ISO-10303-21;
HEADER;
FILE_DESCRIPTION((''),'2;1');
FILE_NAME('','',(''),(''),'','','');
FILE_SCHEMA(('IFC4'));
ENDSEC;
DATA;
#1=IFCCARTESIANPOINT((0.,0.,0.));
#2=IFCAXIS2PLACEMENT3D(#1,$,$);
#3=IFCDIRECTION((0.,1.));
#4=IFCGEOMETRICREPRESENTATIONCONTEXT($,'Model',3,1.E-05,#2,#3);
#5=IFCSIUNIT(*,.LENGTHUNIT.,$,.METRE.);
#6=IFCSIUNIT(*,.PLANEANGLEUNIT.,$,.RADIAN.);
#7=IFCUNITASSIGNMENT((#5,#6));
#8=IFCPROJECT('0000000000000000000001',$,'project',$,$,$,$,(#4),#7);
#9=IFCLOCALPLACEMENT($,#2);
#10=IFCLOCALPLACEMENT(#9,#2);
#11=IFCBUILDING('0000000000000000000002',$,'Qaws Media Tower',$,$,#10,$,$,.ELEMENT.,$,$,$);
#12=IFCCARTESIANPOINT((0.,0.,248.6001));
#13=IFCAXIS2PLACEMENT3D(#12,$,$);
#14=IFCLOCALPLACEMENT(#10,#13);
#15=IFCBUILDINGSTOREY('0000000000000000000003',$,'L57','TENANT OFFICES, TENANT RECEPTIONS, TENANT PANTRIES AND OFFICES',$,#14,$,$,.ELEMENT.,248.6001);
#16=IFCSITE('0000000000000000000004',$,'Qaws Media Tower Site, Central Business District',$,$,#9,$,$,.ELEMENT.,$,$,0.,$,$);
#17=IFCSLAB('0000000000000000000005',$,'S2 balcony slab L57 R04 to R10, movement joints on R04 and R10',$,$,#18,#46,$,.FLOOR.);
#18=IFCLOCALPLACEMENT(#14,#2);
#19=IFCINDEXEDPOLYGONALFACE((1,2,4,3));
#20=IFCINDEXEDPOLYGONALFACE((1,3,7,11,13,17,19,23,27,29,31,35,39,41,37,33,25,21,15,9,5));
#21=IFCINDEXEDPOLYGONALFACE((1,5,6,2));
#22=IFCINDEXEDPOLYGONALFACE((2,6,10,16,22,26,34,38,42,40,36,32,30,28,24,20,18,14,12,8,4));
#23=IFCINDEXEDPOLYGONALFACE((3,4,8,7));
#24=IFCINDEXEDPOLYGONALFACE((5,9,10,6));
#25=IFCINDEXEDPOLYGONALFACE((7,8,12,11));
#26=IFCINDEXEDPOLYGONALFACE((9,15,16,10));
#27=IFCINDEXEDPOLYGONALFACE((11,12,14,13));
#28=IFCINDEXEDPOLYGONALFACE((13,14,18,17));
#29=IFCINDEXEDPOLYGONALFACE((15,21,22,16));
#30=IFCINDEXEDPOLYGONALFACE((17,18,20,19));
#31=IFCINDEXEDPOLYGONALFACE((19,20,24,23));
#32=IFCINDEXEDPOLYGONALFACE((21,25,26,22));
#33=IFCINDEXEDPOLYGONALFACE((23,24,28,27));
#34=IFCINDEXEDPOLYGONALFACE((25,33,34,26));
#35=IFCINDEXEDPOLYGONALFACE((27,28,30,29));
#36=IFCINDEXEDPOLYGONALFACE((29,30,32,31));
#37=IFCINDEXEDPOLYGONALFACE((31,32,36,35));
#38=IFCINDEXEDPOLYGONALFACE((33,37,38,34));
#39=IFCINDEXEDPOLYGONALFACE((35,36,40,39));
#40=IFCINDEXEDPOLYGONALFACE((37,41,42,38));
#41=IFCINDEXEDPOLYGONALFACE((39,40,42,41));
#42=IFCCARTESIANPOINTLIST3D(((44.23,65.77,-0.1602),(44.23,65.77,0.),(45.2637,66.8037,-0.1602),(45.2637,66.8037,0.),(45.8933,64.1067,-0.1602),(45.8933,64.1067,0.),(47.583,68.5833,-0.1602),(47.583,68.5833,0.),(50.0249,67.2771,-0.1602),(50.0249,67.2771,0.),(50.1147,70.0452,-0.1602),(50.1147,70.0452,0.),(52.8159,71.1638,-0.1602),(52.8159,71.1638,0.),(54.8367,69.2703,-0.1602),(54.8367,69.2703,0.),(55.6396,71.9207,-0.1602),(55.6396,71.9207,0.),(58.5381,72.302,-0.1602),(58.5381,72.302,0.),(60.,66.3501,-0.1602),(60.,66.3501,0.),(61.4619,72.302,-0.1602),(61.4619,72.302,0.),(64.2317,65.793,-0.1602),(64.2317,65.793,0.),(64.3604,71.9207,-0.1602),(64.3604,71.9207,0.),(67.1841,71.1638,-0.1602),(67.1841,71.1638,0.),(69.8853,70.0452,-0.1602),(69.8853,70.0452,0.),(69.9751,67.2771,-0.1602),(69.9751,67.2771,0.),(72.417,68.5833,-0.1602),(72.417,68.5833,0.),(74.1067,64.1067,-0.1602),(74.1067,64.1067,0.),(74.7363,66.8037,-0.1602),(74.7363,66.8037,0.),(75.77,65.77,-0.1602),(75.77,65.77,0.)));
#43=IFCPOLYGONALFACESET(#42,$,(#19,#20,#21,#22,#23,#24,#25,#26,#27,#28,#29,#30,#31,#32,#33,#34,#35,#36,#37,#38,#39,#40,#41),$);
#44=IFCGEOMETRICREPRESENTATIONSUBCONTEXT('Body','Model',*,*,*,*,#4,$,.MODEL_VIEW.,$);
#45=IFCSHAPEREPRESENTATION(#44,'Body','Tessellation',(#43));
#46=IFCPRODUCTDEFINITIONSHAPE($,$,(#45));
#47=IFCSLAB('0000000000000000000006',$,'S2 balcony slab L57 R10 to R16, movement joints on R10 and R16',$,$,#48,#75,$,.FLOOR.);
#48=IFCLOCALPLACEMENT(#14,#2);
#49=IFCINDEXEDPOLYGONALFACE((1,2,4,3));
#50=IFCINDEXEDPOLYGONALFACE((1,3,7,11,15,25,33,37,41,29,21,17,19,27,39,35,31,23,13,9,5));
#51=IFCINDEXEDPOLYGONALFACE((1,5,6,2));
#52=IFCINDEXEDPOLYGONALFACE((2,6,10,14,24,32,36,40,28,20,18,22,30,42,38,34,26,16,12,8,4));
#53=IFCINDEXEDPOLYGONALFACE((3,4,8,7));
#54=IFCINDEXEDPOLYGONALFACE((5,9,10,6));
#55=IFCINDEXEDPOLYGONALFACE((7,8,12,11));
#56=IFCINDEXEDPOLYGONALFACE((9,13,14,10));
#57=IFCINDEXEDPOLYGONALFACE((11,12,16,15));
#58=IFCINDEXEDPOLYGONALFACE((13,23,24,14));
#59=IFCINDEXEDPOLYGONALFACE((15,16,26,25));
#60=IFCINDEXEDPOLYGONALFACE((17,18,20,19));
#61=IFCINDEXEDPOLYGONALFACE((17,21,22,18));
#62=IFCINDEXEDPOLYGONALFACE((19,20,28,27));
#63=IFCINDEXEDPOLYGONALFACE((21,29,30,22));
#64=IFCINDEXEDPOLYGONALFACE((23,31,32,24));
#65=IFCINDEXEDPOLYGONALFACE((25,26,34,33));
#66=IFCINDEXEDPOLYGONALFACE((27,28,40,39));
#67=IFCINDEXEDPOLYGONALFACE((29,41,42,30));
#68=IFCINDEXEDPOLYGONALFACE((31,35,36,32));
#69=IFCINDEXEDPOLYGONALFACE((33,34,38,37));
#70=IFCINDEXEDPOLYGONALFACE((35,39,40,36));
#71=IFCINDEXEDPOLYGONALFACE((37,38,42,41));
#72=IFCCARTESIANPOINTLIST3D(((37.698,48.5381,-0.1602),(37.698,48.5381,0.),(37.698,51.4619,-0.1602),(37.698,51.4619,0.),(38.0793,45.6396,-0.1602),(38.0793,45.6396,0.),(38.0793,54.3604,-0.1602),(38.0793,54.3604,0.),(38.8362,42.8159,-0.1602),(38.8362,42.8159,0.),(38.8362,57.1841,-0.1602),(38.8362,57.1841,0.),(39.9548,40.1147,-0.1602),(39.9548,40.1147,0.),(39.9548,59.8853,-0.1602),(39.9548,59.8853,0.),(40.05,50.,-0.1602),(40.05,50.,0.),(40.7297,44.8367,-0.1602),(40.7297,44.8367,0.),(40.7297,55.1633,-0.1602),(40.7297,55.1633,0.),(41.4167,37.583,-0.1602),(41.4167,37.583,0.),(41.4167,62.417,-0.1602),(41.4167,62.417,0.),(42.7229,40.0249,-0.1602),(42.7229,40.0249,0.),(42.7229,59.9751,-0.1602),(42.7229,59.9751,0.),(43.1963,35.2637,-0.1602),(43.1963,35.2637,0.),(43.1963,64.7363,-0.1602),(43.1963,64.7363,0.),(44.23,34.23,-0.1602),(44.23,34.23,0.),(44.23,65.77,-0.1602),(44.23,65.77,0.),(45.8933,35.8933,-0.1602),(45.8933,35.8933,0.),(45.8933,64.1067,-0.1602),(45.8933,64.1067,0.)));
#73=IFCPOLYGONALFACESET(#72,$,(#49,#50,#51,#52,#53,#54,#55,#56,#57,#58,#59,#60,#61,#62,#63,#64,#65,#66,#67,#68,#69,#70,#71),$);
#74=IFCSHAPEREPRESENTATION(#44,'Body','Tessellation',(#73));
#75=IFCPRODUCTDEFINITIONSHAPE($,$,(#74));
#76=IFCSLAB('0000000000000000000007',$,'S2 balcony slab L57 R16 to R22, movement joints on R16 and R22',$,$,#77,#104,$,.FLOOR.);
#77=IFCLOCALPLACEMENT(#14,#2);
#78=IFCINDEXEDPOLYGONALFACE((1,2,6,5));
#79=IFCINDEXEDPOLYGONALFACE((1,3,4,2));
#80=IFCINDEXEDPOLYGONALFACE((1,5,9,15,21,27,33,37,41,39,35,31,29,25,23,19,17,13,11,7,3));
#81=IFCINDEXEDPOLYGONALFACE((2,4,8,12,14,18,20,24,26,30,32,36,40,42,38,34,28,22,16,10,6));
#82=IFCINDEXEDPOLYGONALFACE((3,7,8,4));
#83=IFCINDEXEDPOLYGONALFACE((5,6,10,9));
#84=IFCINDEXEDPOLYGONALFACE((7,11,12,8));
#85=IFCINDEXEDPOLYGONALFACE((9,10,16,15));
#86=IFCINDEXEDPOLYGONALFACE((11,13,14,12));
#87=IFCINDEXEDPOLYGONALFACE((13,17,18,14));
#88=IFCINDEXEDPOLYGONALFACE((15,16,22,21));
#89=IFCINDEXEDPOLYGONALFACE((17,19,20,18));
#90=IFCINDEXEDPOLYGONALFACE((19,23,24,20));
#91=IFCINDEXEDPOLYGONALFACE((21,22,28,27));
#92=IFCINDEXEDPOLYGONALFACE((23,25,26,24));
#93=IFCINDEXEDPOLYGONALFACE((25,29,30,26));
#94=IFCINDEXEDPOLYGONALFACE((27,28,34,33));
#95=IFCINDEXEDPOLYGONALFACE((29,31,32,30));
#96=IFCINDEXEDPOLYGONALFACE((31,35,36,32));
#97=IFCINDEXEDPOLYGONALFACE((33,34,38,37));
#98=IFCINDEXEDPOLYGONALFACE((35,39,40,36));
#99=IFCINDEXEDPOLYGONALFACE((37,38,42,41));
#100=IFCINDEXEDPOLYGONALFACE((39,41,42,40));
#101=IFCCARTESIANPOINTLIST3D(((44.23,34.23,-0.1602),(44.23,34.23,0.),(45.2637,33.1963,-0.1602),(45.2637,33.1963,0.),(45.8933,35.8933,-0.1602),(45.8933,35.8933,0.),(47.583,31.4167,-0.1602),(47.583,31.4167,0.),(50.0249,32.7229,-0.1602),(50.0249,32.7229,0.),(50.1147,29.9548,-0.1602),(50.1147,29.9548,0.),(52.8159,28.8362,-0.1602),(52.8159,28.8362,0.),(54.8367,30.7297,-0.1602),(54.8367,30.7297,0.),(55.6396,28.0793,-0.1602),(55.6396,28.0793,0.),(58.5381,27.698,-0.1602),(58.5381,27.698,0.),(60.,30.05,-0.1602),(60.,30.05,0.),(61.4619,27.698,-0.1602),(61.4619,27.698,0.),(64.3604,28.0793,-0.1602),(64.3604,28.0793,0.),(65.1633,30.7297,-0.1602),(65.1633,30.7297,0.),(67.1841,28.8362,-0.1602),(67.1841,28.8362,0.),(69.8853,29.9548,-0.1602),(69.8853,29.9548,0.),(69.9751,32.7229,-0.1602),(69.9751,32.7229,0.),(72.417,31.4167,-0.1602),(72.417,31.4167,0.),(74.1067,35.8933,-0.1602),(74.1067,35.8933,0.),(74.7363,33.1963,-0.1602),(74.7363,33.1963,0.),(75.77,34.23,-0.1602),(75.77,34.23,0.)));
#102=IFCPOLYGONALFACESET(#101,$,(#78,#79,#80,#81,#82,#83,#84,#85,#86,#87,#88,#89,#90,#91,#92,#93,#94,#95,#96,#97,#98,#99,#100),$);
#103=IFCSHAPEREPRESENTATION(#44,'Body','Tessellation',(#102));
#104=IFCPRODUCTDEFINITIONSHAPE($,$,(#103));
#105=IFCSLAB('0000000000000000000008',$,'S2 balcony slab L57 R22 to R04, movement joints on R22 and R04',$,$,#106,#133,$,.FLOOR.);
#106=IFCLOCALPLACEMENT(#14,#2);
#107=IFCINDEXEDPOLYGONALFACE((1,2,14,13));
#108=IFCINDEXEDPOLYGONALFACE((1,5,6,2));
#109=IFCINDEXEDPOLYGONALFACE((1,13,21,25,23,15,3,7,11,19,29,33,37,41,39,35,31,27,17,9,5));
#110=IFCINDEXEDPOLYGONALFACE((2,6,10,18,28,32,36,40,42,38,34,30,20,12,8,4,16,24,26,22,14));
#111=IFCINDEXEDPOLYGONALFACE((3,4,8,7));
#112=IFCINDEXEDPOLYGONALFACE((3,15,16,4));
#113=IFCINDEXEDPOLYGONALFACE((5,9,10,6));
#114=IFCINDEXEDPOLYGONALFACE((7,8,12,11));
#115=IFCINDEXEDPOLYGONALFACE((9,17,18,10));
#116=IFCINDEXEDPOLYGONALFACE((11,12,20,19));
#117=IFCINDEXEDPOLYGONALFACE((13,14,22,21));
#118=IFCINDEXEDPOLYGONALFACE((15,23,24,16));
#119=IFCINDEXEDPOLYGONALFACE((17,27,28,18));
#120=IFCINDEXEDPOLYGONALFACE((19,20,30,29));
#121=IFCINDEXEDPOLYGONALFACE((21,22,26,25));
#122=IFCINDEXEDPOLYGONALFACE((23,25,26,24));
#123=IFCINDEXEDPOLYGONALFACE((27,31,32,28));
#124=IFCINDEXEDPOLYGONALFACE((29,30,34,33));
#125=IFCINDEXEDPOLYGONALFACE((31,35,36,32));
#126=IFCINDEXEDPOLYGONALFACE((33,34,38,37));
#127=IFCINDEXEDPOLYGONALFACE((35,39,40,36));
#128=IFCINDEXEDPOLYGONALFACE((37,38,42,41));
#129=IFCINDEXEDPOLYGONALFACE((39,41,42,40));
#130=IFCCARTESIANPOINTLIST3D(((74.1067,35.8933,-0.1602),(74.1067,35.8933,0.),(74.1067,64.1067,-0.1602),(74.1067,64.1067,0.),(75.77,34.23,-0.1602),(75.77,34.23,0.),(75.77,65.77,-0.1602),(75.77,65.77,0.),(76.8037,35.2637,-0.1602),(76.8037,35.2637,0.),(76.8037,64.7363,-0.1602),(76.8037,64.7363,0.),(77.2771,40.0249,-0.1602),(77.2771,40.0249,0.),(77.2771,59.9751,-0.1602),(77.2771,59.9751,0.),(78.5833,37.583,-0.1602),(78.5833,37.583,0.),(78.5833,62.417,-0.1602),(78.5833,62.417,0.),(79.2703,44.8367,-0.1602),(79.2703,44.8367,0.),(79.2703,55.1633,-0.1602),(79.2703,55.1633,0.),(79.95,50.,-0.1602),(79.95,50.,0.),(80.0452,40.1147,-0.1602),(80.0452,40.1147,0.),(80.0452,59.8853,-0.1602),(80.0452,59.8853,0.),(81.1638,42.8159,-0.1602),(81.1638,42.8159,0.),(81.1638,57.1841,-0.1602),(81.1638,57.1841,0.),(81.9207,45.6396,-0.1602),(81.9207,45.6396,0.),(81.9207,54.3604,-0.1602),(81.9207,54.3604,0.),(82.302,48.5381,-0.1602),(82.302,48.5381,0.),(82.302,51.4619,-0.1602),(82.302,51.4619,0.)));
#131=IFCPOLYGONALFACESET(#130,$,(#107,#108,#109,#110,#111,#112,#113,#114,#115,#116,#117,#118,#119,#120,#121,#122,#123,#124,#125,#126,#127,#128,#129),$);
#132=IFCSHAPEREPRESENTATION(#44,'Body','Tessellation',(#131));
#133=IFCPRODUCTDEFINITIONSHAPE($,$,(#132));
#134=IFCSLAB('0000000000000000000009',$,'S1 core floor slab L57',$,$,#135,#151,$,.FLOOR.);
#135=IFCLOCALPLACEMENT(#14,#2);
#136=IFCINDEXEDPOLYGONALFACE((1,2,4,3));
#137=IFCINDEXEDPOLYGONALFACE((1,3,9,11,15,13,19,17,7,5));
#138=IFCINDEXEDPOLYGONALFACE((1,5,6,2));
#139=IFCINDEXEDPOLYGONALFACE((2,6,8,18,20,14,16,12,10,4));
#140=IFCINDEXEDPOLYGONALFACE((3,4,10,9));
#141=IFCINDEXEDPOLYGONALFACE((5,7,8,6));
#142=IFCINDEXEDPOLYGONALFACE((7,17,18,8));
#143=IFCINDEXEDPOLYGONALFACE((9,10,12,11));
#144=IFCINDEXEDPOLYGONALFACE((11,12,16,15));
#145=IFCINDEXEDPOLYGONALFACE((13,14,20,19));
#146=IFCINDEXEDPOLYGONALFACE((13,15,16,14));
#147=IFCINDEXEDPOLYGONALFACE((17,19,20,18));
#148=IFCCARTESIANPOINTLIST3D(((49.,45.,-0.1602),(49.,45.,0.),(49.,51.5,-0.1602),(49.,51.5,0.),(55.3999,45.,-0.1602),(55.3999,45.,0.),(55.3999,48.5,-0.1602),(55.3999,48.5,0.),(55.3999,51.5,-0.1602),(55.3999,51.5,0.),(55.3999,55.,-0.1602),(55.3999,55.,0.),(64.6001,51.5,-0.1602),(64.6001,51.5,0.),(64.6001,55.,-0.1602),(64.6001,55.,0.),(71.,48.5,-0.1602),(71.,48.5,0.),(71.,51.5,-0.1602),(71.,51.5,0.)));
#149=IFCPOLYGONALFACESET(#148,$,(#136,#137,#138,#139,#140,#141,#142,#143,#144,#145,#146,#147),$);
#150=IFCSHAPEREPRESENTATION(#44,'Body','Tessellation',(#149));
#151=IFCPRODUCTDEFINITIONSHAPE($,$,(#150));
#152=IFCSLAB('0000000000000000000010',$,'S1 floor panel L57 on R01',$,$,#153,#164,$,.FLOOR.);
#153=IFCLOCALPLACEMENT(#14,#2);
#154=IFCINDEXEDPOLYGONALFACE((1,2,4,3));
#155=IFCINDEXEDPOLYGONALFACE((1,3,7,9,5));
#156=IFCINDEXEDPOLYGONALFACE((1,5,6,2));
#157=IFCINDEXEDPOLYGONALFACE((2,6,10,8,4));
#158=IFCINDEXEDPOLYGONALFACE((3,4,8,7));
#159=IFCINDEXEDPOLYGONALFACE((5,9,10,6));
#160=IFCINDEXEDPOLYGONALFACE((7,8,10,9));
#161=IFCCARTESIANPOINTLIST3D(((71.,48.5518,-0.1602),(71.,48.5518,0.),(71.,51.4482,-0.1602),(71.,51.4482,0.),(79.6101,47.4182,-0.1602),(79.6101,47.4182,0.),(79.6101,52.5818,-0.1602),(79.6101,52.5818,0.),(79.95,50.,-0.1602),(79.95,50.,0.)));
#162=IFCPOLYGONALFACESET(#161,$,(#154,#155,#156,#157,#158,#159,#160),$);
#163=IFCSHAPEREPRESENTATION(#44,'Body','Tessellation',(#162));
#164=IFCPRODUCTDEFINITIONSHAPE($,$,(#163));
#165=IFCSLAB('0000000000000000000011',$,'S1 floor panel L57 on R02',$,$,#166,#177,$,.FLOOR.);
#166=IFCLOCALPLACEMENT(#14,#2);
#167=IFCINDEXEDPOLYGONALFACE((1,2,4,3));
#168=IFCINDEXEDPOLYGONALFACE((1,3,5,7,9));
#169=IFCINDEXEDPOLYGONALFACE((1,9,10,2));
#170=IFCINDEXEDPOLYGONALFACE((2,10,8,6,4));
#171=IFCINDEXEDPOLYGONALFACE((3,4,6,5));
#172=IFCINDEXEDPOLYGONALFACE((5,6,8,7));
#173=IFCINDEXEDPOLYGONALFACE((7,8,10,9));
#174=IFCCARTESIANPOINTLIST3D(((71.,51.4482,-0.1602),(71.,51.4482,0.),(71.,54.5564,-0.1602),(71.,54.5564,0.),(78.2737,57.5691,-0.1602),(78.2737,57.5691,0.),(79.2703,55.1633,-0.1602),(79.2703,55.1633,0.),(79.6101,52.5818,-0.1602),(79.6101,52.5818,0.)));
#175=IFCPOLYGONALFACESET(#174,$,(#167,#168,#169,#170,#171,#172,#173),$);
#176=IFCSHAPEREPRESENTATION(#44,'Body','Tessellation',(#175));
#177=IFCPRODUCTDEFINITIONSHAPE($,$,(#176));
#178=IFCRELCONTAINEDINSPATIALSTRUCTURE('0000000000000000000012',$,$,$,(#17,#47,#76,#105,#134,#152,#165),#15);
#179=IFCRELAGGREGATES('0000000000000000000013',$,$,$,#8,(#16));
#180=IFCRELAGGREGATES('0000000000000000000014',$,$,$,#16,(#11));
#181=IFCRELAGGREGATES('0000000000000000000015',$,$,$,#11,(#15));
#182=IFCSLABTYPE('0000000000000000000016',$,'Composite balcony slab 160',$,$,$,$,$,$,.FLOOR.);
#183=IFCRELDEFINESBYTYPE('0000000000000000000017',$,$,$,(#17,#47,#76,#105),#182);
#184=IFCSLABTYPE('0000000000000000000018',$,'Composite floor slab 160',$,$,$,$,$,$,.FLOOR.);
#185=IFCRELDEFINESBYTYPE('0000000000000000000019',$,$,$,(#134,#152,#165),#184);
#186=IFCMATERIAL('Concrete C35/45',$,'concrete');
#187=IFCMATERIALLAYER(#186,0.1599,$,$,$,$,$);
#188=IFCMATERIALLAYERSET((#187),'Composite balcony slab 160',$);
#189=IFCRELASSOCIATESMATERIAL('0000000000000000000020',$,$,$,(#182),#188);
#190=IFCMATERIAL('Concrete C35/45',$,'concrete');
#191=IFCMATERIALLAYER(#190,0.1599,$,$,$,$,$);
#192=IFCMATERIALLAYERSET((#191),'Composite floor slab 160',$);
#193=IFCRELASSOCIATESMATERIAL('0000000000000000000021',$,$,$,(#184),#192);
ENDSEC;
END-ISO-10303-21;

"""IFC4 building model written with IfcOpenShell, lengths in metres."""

from ifc_helpers import new_model, si_unit, direction, frame, origin, place, context, subcontext, project, spatial, polyline, outline, extrude, material, layer, layer_set, type_object, element, save


model = new_model("IFC4")

# Units and contexts
model_context = context("Model", 3, precision=1e-05, world=origin(), true_north=direction((0.0, 1.0)))
body_context = subcontext(model_context, "Body", "Model", "MODEL_VIEW")
ifc_project = project(units=[si_unit("LENGTHUNIT", "METRE"), si_unit("PLANEANGLEUNIT", "RADIAN")], contexts=[model_context])

# Site, building, storey
site_placement = place(None, origin())
site = spatial("IfcSite", under=ifc_project, at=site_placement, Name="Qaws Media Tower Site, Central Business District", CompositionType="ELEMENT", RefElevation=0.0)
building_placement = place(site_placement, origin())
building = spatial("IfcBuilding", under=site, at=building_placement, Name="Qaws Media Tower", CompositionType="ELEMENT")
storey_placement = place(building_placement, frame((0.0, 0.0, 248.6001)))
storey = spatial("IfcBuildingStorey", under=building, at=storey_placement, Name="L57", Description="TENANT OFFICES, TENANT RECEPTIONS, TENANT PANTRIES AND OFFICES", CompositionType="ELEMENT", Elevation=248.6001)

# Slabs
ifc_material_1 = material(Name="Concrete C35/45", Category="concrete")
ifc_layer_1 = layer(ifc_material_1, 0.1599)
ifc_layer_set_1 = layer_set([ifc_layer_1], Name="Composite balcony slab 160")
slab_type_1 = type_object("IfcSlabType", Name="Composite balcony slab 160", PredefinedType="FLOOR", material=ifc_layer_set_1)
slab_1_placement = place(storey_placement, frame((0.0, 0.0, -0.1602)))
element("IfcSlab", 1, at=slab_1_placement, inside=storey, type_object=slab_type_1, Name="S2 balcony slab L57 R04 to R10, movement joints on R04 and R10", PredefinedType="FLOOR", context=body_context, shape_type="SweptSolid", body=[
    extrude(outline(polyline([(45.2637, 66.8037), (47.583, 68.5833), (50.1147, 70.0452), (52.8159, 71.1638), (55.6396, 71.9207), (58.5381, 72.302), (61.4619, 72.302), (64.3604, 71.9207), (67.1841, 71.1638), (69.8853, 70.0452), (72.417, 68.5833), (74.7363, 66.8037), (75.77, 65.77), (74.1067, 64.1067), (69.9751, 67.2771), (64.2317, 65.793), (60.0, 66.3501), (54.8367, 69.2703), (50.0249, 67.2771), (45.8933, 64.1067), (44.23, 65.77), (45.2637, 66.8037)])), origin(), (0.0, 0.0, 1.0), 0.1602),
])
slab_2_placement = place(storey_placement, frame((0.0, 0.0, -0.1602)))
element("IfcSlab", 2, at=slab_2_placement, inside=storey, type_object=slab_type_1, Name="S2 balcony slab L57 R10 to R16, movement joints on R10 and R16", PredefinedType="FLOOR", context=body_context, shape_type="SweptSolid", body=[
    extrude(outline(polyline([(43.1963, 35.2637), (41.4167, 37.583), (39.9548, 40.1147), (38.8362, 42.8159), (38.0793, 45.6396), (37.698, 48.5381), (37.698, 51.4619), (38.0793, 54.3604), (38.8362, 57.1841), (39.9548, 59.8853), (41.4167, 62.417), (43.1963, 64.7363), (44.23, 65.77), (45.8933, 64.1067), (42.7229, 59.9751), (40.7297, 55.1633), (40.05, 50.0), (40.7297, 44.8367), (42.7229, 40.0249), (45.8933, 35.8933), (44.23, 34.23), (43.1963, 35.2637)])), origin(), (0.0, 0.0, 1.0), 0.1602),
])
slab_3_placement = place(storey_placement, frame((0.0, 0.0, -0.1602)))
element("IfcSlab", 3, at=slab_3_placement, inside=storey, type_object=slab_type_1, Name="S2 balcony slab L57 R16 to R22, movement joints on R16 and R22", PredefinedType="FLOOR", context=body_context, shape_type="SweptSolid", body=[
    extrude(outline(polyline([(74.7363, 33.1963), (72.417, 31.4167), (69.8853, 29.9548), (67.1841, 28.8362), (64.3604, 28.0793), (61.4619, 27.698), (58.5381, 27.698), (55.6396, 28.0793), (52.8159, 28.8362), (50.1147, 29.9548), (47.583, 31.4167), (45.2637, 33.1963), (44.23, 34.23), (45.8933, 35.8933), (50.0249, 32.7229), (54.8367, 30.7297), (60.0, 30.05), (65.1633, 30.7297), (69.9751, 32.7229), (74.1067, 35.8933), (75.77, 34.23), (74.7363, 33.1963)])), origin(), (0.0, 0.0, 1.0), 0.1602),
])
slab_4_placement = place(storey_placement, frame((0.0, 0.0, -0.1602)))
element("IfcSlab", 4, at=slab_4_placement, inside=storey, type_object=slab_type_1, Name="S2 balcony slab L57 R22 to R04, movement joints on R22 and R04", PredefinedType="FLOOR", context=body_context, shape_type="SweptSolid", body=[
    extrude(outline(polyline([(81.9207, 45.6396), (81.1638, 42.8159), (80.0452, 40.1147), (78.5833, 37.583), (76.8037, 35.2637), (75.77, 34.23), (74.1067, 35.8933), (77.2771, 40.0249), (79.2703, 44.8367), (79.95, 50.0), (79.2703, 55.1633), (77.2771, 59.9751), (74.1067, 64.1067), (75.77, 65.77), (76.8037, 64.7363), (78.5833, 62.417), (80.0452, 59.8853), (81.1638, 57.1841), (81.9207, 54.3604), (82.302, 51.4619), (82.302, 48.5381), (81.9207, 45.6396)])), origin(), (0.0, 0.0, 1.0), 0.1602),
])
ifc_material_2 = material(Name="Concrete C35/45", Category="concrete")
ifc_layer_2 = layer(ifc_material_2, 0.1599)
ifc_layer_set_2 = layer_set([ifc_layer_2], Name="Composite floor slab 160")
slab_type_2 = type_object("IfcSlabType", Name="Composite floor slab 160", PredefinedType="FLOOR", material=ifc_layer_set_2)
slab_5_placement = place(storey_placement, frame((0.0, 0.0, -0.1602)))
element("IfcSlab", 5, at=slab_5_placement, inside=storey, type_object=slab_type_2, Name="S1 core floor slab L57", PredefinedType="FLOOR", context=body_context, shape_type="SweptSolid", body=[
    extrude(outline(polyline([(71.0, 51.5), (71.0, 48.5), (55.3999, 48.5), (55.3999, 45.0), (49.0, 45.0), (49.0, 51.5), (55.3999, 51.5), (55.3999, 55.0), (64.6001, 55.0), (64.6001, 51.5), (71.0, 51.5)])), origin(), (0.0, 0.0, 1.0), 0.1602),
])
slab_6_placement = place(storey_placement, frame((0.0, 0.0, -0.1602)))
element("IfcSlab", 6, at=slab_6_placement, inside=storey, type_object=slab_type_2, Name="S1 floor panel L57 on R01", PredefinedType="FLOOR", context=body_context, shape_type="SweptSolid", body=[
    extrude(outline(polyline([(79.95, 50.0), (79.6101, 47.4182), (71.0, 48.5518), (71.0, 51.4482), (79.6101, 52.5818), (79.95, 50.0)])), origin(), (0.0, 0.0, 1.0), 0.1602),
])
slab_7_placement = place(storey_placement, frame((0.0, 0.0, -0.1602)))
element("IfcSlab", 7, at=slab_7_placement, inside=storey, type_object=slab_type_2, Name="S1 floor panel L57 on R02", PredefinedType="FLOOR", context=body_context, shape_type="SweptSolid", body=[
    extrude(outline(polyline([(79.2703, 55.1633), (79.6101, 52.5818), (71.0, 51.4482), (71.0, 54.5564), (78.2737, 57.5691), (79.2703, 55.1633)])), origin(), (0.0, 0.0, 1.0), 0.1602),
])

save(model, "model.ifc")
